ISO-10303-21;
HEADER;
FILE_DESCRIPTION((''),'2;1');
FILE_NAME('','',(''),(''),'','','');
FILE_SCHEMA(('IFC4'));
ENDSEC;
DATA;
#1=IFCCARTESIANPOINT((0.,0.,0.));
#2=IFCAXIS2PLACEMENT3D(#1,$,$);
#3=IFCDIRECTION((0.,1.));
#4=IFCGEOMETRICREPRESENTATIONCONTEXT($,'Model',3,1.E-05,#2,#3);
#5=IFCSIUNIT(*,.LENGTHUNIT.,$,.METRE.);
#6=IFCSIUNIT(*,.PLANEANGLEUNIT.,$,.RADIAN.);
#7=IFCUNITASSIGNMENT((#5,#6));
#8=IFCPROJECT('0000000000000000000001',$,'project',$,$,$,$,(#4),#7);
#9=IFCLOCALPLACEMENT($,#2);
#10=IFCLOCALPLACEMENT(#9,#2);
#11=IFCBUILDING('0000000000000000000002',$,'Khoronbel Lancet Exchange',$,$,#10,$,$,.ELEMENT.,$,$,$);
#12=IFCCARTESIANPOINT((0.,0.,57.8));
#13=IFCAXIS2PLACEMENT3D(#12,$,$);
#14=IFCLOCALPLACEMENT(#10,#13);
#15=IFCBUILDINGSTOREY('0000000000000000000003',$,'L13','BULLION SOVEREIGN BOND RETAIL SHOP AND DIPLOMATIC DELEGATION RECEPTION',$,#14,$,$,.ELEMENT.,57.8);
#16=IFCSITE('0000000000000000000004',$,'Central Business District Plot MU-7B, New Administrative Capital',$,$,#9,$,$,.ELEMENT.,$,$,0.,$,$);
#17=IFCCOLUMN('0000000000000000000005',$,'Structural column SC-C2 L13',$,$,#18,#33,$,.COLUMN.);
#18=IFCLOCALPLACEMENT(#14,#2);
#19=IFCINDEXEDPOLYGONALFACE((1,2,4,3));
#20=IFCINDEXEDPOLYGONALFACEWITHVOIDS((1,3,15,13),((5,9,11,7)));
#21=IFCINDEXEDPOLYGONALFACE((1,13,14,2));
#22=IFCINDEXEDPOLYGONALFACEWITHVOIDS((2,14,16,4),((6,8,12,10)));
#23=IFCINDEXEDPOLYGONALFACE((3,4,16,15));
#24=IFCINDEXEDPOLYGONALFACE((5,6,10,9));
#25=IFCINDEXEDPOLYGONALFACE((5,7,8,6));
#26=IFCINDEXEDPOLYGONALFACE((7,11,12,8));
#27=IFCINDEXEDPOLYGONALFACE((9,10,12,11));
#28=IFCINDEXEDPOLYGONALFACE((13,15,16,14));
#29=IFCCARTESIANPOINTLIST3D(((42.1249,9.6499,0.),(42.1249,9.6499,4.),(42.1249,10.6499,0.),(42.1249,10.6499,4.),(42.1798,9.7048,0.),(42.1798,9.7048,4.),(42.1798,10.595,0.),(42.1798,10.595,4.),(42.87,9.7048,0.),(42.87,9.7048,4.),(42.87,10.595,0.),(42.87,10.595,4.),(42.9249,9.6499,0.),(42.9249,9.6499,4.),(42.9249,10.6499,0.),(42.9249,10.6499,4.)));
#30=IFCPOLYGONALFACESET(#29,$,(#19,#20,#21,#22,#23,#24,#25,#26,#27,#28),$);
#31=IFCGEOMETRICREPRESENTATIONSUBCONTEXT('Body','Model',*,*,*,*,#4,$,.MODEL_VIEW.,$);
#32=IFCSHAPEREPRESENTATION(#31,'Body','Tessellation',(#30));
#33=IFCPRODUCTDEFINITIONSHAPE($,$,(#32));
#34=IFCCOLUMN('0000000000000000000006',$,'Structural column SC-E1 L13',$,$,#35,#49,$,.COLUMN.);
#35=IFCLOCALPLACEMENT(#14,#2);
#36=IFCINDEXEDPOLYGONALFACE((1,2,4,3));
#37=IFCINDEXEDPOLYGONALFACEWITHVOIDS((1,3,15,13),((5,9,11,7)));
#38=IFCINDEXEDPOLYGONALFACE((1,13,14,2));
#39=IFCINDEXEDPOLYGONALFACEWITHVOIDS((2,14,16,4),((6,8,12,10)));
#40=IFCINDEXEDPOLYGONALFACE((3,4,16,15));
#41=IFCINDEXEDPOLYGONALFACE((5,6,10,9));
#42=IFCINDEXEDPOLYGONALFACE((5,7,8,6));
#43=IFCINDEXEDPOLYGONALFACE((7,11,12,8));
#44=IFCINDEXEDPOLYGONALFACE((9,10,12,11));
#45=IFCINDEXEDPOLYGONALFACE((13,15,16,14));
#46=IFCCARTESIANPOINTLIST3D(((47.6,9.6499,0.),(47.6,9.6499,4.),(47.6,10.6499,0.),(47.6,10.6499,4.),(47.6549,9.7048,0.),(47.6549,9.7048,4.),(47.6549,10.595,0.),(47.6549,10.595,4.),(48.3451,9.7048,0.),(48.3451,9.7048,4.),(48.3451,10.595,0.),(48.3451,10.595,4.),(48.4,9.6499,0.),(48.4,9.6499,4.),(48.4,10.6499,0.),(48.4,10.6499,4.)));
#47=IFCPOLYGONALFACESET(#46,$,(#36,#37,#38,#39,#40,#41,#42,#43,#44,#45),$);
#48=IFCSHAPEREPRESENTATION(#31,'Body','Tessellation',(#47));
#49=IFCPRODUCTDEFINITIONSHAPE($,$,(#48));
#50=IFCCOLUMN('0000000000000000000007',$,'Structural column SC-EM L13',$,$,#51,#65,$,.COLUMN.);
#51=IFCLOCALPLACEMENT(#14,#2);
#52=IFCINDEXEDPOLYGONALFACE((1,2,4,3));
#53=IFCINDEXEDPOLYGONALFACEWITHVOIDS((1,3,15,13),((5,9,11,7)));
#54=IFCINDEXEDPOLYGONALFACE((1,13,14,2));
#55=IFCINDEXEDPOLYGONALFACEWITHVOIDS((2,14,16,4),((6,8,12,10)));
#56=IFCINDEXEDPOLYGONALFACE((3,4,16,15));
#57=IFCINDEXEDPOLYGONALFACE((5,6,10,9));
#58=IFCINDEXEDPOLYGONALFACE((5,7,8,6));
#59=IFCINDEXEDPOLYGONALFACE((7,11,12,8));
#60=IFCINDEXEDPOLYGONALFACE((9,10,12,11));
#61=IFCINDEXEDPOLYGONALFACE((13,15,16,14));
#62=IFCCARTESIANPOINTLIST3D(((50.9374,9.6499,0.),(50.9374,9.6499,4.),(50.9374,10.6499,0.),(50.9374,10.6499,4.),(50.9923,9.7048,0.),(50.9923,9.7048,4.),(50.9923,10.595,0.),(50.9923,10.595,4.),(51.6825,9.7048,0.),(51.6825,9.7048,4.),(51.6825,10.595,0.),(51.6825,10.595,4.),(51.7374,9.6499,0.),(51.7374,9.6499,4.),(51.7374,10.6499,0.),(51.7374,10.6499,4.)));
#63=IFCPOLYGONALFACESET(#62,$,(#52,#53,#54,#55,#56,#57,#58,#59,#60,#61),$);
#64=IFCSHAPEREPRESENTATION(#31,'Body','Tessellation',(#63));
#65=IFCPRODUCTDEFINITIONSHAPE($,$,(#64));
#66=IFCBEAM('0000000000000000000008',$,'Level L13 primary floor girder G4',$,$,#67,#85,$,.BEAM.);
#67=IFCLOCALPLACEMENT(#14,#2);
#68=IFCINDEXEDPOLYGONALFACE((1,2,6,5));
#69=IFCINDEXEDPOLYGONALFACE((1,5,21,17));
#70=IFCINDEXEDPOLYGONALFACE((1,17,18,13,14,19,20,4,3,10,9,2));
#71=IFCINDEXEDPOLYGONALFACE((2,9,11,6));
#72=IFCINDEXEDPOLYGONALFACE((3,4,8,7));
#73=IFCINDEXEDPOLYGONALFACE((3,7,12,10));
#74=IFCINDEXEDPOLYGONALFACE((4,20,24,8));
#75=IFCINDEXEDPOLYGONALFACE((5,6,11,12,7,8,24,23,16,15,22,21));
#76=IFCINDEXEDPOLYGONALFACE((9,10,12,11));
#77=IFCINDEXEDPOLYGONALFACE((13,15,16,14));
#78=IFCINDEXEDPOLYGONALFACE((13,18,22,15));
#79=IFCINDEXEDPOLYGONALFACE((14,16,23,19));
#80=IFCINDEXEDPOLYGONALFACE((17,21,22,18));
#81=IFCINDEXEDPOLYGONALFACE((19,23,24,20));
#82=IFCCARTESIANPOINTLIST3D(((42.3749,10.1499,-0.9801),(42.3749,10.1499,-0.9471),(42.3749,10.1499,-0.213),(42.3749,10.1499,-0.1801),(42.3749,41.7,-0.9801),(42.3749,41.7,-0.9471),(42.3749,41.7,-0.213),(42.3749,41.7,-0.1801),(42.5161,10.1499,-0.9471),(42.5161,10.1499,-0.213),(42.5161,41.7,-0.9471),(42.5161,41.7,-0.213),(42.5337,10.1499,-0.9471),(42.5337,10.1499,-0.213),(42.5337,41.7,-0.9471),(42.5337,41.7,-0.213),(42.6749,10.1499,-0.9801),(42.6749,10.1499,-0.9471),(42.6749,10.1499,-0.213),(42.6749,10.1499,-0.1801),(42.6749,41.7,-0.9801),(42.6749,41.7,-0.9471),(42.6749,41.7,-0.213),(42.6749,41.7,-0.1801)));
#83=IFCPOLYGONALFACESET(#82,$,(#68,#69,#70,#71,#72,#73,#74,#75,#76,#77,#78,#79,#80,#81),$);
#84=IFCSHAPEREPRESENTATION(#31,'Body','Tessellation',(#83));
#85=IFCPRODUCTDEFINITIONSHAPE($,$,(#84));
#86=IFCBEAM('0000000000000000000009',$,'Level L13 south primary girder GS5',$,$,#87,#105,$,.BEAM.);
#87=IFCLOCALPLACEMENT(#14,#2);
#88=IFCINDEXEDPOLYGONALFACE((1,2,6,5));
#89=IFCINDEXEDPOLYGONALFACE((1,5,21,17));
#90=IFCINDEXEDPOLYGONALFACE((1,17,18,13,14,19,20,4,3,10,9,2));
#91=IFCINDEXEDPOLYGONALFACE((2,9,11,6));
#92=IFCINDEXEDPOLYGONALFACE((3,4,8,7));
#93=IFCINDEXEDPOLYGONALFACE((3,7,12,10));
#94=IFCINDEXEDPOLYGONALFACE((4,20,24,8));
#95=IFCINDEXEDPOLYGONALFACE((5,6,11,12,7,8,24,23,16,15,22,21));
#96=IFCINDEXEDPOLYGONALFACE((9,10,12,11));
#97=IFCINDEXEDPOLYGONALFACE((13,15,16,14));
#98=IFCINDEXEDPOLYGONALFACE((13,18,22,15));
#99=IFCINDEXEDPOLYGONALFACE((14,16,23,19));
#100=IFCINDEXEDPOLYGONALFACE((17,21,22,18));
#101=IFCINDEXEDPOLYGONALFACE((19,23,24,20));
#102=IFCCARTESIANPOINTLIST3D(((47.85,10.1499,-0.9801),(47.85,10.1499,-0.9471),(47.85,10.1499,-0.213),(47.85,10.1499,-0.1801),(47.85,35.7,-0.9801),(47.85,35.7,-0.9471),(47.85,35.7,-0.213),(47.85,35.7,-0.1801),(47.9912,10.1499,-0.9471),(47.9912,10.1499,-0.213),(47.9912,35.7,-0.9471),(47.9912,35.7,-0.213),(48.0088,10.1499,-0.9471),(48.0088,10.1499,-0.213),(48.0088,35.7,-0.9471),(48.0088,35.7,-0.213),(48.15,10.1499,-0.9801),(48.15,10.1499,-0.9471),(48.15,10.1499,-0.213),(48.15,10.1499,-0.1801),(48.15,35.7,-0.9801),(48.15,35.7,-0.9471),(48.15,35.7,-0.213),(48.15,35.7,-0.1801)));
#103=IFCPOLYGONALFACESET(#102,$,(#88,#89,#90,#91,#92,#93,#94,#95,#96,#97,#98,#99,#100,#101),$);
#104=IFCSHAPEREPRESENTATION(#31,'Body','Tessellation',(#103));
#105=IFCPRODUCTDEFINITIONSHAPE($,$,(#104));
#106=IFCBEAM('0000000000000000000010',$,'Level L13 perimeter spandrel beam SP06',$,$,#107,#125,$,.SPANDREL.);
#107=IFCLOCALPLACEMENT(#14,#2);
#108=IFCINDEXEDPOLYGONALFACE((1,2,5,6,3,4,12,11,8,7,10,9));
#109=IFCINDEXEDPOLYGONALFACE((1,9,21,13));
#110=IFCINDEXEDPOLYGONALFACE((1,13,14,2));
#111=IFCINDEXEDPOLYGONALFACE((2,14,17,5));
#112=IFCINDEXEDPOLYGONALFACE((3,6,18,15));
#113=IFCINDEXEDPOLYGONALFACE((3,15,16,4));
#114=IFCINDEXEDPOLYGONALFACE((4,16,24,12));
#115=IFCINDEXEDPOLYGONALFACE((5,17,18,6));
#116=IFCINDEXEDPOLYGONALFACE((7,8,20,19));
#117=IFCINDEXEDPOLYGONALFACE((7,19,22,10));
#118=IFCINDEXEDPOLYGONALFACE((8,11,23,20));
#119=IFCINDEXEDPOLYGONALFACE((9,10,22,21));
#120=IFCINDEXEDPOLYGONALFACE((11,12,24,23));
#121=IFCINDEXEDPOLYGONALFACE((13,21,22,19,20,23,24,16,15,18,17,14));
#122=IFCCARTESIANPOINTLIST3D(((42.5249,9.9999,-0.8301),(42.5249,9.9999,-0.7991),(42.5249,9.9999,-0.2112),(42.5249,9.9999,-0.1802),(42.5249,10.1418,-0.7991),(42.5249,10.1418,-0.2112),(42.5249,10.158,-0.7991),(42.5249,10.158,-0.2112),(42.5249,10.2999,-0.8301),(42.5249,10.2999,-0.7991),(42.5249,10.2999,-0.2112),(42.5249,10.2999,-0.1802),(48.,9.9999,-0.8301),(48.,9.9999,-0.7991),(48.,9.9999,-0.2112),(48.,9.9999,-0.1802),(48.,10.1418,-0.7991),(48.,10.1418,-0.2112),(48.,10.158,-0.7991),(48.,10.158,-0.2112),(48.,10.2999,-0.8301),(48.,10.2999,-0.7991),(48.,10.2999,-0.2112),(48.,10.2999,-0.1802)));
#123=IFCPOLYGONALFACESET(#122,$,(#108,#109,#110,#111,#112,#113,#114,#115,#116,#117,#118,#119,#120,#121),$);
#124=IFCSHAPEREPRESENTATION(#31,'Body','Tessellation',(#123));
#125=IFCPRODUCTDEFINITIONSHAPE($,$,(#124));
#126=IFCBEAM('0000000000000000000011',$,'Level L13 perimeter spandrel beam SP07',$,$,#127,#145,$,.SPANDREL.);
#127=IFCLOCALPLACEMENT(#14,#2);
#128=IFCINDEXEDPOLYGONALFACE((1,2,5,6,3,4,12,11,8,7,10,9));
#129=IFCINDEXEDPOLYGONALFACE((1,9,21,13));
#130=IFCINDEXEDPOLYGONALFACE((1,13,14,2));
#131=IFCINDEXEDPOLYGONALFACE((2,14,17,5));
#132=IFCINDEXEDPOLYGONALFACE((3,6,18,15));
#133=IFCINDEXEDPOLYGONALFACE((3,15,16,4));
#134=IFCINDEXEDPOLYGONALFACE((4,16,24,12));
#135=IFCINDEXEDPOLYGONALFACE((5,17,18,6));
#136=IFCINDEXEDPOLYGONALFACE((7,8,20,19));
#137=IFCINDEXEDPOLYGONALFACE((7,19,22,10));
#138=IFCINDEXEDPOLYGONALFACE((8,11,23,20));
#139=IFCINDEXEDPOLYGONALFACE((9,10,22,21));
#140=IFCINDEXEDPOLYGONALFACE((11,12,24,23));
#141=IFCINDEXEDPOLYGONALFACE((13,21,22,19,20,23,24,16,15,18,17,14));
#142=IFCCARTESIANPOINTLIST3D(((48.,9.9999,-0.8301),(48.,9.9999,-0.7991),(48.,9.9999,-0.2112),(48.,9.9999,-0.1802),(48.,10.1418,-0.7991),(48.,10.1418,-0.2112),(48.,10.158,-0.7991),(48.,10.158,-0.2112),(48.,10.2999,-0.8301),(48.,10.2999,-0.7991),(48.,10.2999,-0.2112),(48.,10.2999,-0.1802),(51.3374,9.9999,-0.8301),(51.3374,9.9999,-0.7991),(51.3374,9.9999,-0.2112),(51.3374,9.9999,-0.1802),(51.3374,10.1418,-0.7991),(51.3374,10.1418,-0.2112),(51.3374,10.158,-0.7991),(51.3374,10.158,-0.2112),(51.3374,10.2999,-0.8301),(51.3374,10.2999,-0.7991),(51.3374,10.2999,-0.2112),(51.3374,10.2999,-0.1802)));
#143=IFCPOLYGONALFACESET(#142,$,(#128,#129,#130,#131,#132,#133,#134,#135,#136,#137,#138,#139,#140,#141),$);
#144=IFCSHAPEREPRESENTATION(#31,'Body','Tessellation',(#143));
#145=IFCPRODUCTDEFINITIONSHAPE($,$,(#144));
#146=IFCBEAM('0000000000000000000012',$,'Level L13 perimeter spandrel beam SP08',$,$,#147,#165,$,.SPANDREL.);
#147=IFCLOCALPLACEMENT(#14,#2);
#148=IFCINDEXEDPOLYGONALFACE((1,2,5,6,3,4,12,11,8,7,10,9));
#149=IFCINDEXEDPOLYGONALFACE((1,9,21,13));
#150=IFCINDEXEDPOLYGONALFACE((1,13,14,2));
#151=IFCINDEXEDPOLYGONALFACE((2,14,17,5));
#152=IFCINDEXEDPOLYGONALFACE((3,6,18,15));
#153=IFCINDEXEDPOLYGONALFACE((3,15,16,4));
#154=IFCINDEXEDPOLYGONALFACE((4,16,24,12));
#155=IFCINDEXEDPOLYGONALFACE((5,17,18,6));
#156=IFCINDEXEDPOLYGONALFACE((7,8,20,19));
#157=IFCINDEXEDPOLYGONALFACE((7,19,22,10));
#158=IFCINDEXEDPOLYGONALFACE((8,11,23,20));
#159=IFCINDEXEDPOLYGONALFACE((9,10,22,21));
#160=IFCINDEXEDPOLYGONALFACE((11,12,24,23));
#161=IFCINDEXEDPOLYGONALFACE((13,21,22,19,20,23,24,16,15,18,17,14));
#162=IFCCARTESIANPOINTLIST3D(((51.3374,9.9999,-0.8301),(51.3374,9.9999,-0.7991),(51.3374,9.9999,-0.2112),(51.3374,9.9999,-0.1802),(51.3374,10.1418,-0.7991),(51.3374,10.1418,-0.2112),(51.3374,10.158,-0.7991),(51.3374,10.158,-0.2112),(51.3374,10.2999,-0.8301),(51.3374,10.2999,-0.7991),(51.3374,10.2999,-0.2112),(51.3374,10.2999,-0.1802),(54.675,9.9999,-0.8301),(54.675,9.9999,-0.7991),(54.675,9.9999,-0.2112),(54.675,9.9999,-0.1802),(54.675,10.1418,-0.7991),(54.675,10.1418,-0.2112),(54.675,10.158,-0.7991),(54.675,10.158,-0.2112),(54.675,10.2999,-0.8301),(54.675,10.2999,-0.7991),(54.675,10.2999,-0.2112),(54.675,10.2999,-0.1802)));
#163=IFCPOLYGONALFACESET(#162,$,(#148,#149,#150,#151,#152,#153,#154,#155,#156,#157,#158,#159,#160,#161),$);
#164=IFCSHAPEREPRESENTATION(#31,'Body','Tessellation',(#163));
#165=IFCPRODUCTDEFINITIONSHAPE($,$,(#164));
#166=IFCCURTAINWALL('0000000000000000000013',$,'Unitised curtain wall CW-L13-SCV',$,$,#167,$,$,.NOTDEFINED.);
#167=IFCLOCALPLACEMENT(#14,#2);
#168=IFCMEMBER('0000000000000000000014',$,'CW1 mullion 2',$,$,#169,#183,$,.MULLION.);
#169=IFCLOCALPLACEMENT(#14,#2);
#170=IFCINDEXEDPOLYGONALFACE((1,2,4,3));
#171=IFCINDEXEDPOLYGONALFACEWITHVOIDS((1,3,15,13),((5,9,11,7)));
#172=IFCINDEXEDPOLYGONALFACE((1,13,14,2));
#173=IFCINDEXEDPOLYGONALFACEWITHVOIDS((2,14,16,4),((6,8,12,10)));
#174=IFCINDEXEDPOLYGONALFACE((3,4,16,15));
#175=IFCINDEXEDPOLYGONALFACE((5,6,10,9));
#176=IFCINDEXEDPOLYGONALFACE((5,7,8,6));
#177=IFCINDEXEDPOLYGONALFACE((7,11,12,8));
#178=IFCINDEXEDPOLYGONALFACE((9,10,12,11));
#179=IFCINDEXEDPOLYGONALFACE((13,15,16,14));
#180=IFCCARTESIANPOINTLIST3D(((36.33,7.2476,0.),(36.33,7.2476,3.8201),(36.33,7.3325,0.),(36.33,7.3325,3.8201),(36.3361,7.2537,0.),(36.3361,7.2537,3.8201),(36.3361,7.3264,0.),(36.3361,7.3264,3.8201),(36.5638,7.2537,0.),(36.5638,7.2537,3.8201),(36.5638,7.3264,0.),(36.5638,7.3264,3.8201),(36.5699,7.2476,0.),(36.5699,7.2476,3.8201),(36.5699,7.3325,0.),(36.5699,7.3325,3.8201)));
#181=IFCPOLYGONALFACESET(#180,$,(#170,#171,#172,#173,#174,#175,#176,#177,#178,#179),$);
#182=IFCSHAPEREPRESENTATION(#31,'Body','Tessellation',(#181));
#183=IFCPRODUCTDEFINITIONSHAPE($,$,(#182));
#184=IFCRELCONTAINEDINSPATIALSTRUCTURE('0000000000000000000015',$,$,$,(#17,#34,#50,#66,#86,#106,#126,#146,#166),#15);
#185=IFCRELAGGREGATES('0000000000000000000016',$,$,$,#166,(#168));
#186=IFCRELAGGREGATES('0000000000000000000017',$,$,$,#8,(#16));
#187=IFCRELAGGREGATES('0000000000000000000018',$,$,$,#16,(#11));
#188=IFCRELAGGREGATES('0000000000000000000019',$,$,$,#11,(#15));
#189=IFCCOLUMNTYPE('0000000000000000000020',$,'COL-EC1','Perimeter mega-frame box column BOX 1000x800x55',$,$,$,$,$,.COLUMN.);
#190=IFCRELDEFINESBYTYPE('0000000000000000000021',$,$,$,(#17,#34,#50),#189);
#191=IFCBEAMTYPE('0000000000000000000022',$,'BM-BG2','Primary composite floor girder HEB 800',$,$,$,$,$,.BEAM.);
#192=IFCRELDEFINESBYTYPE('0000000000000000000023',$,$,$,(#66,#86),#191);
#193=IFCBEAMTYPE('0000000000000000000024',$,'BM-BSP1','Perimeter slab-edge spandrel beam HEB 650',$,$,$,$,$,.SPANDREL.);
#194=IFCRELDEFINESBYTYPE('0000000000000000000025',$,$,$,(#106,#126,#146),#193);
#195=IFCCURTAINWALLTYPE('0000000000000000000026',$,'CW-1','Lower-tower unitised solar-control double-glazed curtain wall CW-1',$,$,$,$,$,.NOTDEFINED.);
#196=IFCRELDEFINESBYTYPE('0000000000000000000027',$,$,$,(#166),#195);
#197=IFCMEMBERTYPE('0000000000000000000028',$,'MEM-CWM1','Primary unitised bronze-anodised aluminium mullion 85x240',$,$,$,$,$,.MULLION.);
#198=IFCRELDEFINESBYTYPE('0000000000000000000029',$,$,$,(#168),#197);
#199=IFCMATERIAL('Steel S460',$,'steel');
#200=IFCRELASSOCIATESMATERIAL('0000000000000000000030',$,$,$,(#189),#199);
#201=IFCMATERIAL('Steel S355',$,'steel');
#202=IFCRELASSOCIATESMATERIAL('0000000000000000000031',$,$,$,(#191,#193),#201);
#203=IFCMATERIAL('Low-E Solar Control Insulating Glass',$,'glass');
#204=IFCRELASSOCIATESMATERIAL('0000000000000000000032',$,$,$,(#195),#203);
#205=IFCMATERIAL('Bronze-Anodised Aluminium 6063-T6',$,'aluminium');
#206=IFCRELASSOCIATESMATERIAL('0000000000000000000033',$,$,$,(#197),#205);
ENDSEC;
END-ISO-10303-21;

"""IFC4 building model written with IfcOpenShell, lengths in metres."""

from ifc_helpers import new_model, si_unit, direction, frame, origin, origin_2d, place, context, subcontext, project, spatial, hollow_rectangle, i_section, extrude, material, material_profile, profile_set, type_object, element, aggregate, save


model = new_model("IFC4")

# Units and contexts
model_context = context("Model", 3, precision=1e-05, world=origin(), true_north=direction((0.0, 1.0)))
body_context = subcontext(model_context, "Body", "Model", "MODEL_VIEW")
ifc_project = project(units=[si_unit("LENGTHUNIT", "METRE"), si_unit("PLANEANGLEUNIT", "RADIAN")], contexts=[model_context])

# Site, building, storey
site_placement = place(None, origin())
site = spatial("IfcSite", under=ifc_project, at=site_placement, Name="Central Business District Plot MU-7B, New Administrative Capital", CompositionType="ELEMENT", RefElevation=0.0)
building_placement = place(site_placement, origin())
building = spatial("IfcBuilding", under=site, at=building_placement, Name="Khoronbel Lancet Exchange", CompositionType="ELEMENT")
storey_placement = place(building_placement, frame((0.0, 0.0, 57.8)))
storey = spatial("IfcBuildingStorey", under=building, at=storey_placement, Name="L13", Description="BULLION SOVEREIGN BOND RETAIL SHOP AND DIPLOMATIC DELEGATION RECEPTION", CompositionType="ELEMENT", Elevation=57.8)

# Columns
ifc_material_1 = material(Name="Steel S460", Category="steel")
ifc_material_profile_1 = material_profile(ifc_material_1, hollow_rectangle(XDim=0.8, YDim=1.0, WallThickness=0.0549, at=origin_2d()), Name="BOX 1000x800x55")
ifc_profile_set_1 = profile_set([ifc_material_profile_1], Name="Steel S460")
column_type = type_object("IfcColumnType", Name="COL-EC1", Description="Perimeter mega-frame box column BOX 1000x800x55", PredefinedType="COLUMN", material=ifc_profile_set_1)
for number, where, z_axis, x_axis, name in (
    (1, (42.5249, 10.1499, 0.0), (0.0, 0.0, 1.0), (1.0, 0.0, 0.0), "Structural column SC-C2 L13"),
    (2, (48.0, 10.1499, 0.0), (0.0, 0.0, 1.0), (1.0, 0.0, 0.0), "Structural column SC-E1 L13"),
    (3, (51.3374, 10.1499, 0.0), (0.0, 0.0, 1.0), (1.0, 0.0, 0.0), "Structural column SC-EM L13"),
):
    element("IfcColumn", number, at=place(storey_placement, frame(where, z_axis=z_axis, x_axis=x_axis)), inside=storey, type_object=column_type, Name=name, PredefinedType="COLUMN", context=body_context, shape_type="SweptSolid", body=[
        extrude(hollow_rectangle(XDim=0.8, YDim=1.0, WallThickness=0.0549, at=origin_2d()), origin(), (0.0, 0.0, 1.0), 4.0),
    ])

# Beams
ifc_material_2 = material(Name="Steel S355", Category="steel")
ifc_material_profile_2 = material_profile(ifc_material_2, i_section(OverallWidth=0.3, OverallDepth=0.8, WebThickness=0.0176, FlangeThickness=0.033, at=origin_2d()), Name="HEB 800")
ifc_profile_set_2 = profile_set([ifc_material_profile_2], Name="Steel S355")
beam_type_1 = type_object("IfcBeamType", Name="BM-BG2", Description="Primary composite floor girder HEB 800", PredefinedType="BEAM", material=ifc_profile_set_2)
beam_1_placement = place(storey_placement, frame((42.5249, 10.1499, -0.5801), z_axis=(0.0, 1.0, 0.0), x_axis=(-1.0, 0.0, 0.0)))
element("IfcBeam", 4, at=beam_1_placement, inside=storey, type_object=beam_type_1, Name="Level L13 primary floor girder G4", PredefinedType="BEAM", context=body_context, shape_type="SweptSolid", body=[
    extrude(i_section(OverallWidth=0.3, OverallDepth=0.8, WebThickness=0.0176, FlangeThickness=0.033, at=origin_2d()), origin(), (0.0, 0.0, 1.0), 31.55),
])
beam_2_placement = place(storey_placement, frame((48.0, 10.1499, -0.5801), z_axis=(0.0, 1.0, 0.0), x_axis=(-1.0, 0.0, 0.0)))
element("IfcBeam", 5, at=beam_2_placement, inside=storey, type_object=beam_type_1, Name="Level L13 south primary girder GS5", PredefinedType="BEAM", context=body_context, shape_type="SweptSolid", body=[
    extrude(i_section(OverallWidth=0.3, OverallDepth=0.8, WebThickness=0.0176, FlangeThickness=0.033, at=origin_2d()), origin(), (0.0, 0.0, 1.0), 25.55),
])
ifc_material_profile_3 = material_profile(ifc_material_2, i_section(OverallWidth=0.3, OverallDepth=0.6499, WebThickness=0.0161, FlangeThickness=0.031, at=origin_2d()), Name="HEB 650")
ifc_profile_set_3 = profile_set([ifc_material_profile_3], Name="Steel S355")
beam_type_2 = type_object("IfcBeamType", Name="BM-BSP1", Description="Perimeter slab-edge spandrel beam HEB 650", PredefinedType="SPANDREL", material=ifc_profile_set_3)
beam_3_placement = place(storey_placement, frame((42.5249, 10.1499, -0.5051), z_axis=(1.0, 0.0, 0.0), x_axis=(0.0, 1.0, 0.0)))
element("IfcBeam", 6, at=beam_3_placement, inside=storey, type_object=beam_type_2, Name="Level L13 perimeter spandrel beam SP06", PredefinedType="SPANDREL", context=body_context, shape_type="SweptSolid", body=[
    extrude(i_section(OverallWidth=0.3, OverallDepth=0.6499, WebThickness=0.0161, FlangeThickness=0.031, at=origin_2d()), origin(), (0.0, 0.0, 1.0), 5.4751),
])
beam_4_placement = place(storey_placement, frame((48.0, 10.1499, -0.5051), z_axis=(1.0, 0.0, 0.0), x_axis=(0.0, 1.0, 0.0)))
element("IfcBeam", 7, at=beam_4_placement, inside=storey, type_object=beam_type_2, Name="Level L13 perimeter spandrel beam SP07", PredefinedType="SPANDREL", context=body_context, shape_type="SweptSolid", body=[
    extrude(i_section(OverallWidth=0.3, OverallDepth=0.6499, WebThickness=0.0161, FlangeThickness=0.031, at=origin_2d()), origin(), (0.0, 0.0, 1.0), 3.3374),
])
beam_5_placement = place(storey_placement, frame((51.3374, 10.1499, -0.5051), z_axis=(1.0, 0.0, 0.0), x_axis=(0.0, 1.0, 0.0)))
element("IfcBeam", 8, at=beam_5_placement, inside=storey, type_object=beam_type_2, Name="Level L13 perimeter spandrel beam SP08", PredefinedType="SPANDREL", context=body_context, shape_type="SweptSolid", body=[
    extrude(i_section(OverallWidth=0.3, OverallDepth=0.6499, WebThickness=0.0161, FlangeThickness=0.031, at=origin_2d()), origin(), (0.0, 0.0, 1.0), 3.3376),
])

# Curtain wall, member
ifc_material_3 = material(Name="Low-E Solar Control Insulating Glass", Category="glass")
curtain_wall_type = type_object("IfcCurtainWallType", Name="CW-1", Description="Lower-tower unitised solar-control double-glazed curtain wall CW-1", PredefinedType="NOTDEFINED", material=ifc_material_3)
curtain_wall_1_placement = place(storey_placement, origin())
curtain_wall_1 = element("IfcCurtainWall", 9, at=curtain_wall_1_placement, inside=storey, type_object=curtain_wall_type, Name="Unitised curtain wall CW-L13-SCV", PredefinedType="NOTDEFINED")
ifc_material_4 = material(Name="Bronze-Anodised Aluminium 6063-T6", Category="aluminium")
ifc_material_profile_4 = material_profile(ifc_material_4, hollow_rectangle(XDim=0.085, YDim=0.24, WallThickness=0.0061, at=origin_2d()), Name="ALU MULLION 85x240")
ifc_profile_set_4 = profile_set([ifc_material_profile_4], Name="Bronze-Anodised Aluminium 6063-T6")
member_type_1 = type_object("IfcMemberType", Name="MEM-CWM1", Description="Primary unitised bronze-anodised aluminium mullion 85x240", PredefinedType="MULLION", material=ifc_profile_set_4)
member_1_placement = place(storey_placement, frame((36.45, 7.29, 0.0), z_axis=(0.0, 0.0, 1.0), x_axis=(0.0, 1.0, 0.0)))
member_1 = element("IfcMember", 10, at=member_1_placement, type_object=member_type_1, Name="CW1 mullion 2", PredefinedType="MULLION", context=body_context, shape_type="SweptSolid", body=[
    extrude(hollow_rectangle(XDim=0.085, YDim=0.24, WallThickness=0.0061, at=origin_2d()), origin(), (0.0, 0.0, 1.0), 3.8201),
])

aggregate(curtain_wall_1, [member_1])

save(model, "model.ifc")
